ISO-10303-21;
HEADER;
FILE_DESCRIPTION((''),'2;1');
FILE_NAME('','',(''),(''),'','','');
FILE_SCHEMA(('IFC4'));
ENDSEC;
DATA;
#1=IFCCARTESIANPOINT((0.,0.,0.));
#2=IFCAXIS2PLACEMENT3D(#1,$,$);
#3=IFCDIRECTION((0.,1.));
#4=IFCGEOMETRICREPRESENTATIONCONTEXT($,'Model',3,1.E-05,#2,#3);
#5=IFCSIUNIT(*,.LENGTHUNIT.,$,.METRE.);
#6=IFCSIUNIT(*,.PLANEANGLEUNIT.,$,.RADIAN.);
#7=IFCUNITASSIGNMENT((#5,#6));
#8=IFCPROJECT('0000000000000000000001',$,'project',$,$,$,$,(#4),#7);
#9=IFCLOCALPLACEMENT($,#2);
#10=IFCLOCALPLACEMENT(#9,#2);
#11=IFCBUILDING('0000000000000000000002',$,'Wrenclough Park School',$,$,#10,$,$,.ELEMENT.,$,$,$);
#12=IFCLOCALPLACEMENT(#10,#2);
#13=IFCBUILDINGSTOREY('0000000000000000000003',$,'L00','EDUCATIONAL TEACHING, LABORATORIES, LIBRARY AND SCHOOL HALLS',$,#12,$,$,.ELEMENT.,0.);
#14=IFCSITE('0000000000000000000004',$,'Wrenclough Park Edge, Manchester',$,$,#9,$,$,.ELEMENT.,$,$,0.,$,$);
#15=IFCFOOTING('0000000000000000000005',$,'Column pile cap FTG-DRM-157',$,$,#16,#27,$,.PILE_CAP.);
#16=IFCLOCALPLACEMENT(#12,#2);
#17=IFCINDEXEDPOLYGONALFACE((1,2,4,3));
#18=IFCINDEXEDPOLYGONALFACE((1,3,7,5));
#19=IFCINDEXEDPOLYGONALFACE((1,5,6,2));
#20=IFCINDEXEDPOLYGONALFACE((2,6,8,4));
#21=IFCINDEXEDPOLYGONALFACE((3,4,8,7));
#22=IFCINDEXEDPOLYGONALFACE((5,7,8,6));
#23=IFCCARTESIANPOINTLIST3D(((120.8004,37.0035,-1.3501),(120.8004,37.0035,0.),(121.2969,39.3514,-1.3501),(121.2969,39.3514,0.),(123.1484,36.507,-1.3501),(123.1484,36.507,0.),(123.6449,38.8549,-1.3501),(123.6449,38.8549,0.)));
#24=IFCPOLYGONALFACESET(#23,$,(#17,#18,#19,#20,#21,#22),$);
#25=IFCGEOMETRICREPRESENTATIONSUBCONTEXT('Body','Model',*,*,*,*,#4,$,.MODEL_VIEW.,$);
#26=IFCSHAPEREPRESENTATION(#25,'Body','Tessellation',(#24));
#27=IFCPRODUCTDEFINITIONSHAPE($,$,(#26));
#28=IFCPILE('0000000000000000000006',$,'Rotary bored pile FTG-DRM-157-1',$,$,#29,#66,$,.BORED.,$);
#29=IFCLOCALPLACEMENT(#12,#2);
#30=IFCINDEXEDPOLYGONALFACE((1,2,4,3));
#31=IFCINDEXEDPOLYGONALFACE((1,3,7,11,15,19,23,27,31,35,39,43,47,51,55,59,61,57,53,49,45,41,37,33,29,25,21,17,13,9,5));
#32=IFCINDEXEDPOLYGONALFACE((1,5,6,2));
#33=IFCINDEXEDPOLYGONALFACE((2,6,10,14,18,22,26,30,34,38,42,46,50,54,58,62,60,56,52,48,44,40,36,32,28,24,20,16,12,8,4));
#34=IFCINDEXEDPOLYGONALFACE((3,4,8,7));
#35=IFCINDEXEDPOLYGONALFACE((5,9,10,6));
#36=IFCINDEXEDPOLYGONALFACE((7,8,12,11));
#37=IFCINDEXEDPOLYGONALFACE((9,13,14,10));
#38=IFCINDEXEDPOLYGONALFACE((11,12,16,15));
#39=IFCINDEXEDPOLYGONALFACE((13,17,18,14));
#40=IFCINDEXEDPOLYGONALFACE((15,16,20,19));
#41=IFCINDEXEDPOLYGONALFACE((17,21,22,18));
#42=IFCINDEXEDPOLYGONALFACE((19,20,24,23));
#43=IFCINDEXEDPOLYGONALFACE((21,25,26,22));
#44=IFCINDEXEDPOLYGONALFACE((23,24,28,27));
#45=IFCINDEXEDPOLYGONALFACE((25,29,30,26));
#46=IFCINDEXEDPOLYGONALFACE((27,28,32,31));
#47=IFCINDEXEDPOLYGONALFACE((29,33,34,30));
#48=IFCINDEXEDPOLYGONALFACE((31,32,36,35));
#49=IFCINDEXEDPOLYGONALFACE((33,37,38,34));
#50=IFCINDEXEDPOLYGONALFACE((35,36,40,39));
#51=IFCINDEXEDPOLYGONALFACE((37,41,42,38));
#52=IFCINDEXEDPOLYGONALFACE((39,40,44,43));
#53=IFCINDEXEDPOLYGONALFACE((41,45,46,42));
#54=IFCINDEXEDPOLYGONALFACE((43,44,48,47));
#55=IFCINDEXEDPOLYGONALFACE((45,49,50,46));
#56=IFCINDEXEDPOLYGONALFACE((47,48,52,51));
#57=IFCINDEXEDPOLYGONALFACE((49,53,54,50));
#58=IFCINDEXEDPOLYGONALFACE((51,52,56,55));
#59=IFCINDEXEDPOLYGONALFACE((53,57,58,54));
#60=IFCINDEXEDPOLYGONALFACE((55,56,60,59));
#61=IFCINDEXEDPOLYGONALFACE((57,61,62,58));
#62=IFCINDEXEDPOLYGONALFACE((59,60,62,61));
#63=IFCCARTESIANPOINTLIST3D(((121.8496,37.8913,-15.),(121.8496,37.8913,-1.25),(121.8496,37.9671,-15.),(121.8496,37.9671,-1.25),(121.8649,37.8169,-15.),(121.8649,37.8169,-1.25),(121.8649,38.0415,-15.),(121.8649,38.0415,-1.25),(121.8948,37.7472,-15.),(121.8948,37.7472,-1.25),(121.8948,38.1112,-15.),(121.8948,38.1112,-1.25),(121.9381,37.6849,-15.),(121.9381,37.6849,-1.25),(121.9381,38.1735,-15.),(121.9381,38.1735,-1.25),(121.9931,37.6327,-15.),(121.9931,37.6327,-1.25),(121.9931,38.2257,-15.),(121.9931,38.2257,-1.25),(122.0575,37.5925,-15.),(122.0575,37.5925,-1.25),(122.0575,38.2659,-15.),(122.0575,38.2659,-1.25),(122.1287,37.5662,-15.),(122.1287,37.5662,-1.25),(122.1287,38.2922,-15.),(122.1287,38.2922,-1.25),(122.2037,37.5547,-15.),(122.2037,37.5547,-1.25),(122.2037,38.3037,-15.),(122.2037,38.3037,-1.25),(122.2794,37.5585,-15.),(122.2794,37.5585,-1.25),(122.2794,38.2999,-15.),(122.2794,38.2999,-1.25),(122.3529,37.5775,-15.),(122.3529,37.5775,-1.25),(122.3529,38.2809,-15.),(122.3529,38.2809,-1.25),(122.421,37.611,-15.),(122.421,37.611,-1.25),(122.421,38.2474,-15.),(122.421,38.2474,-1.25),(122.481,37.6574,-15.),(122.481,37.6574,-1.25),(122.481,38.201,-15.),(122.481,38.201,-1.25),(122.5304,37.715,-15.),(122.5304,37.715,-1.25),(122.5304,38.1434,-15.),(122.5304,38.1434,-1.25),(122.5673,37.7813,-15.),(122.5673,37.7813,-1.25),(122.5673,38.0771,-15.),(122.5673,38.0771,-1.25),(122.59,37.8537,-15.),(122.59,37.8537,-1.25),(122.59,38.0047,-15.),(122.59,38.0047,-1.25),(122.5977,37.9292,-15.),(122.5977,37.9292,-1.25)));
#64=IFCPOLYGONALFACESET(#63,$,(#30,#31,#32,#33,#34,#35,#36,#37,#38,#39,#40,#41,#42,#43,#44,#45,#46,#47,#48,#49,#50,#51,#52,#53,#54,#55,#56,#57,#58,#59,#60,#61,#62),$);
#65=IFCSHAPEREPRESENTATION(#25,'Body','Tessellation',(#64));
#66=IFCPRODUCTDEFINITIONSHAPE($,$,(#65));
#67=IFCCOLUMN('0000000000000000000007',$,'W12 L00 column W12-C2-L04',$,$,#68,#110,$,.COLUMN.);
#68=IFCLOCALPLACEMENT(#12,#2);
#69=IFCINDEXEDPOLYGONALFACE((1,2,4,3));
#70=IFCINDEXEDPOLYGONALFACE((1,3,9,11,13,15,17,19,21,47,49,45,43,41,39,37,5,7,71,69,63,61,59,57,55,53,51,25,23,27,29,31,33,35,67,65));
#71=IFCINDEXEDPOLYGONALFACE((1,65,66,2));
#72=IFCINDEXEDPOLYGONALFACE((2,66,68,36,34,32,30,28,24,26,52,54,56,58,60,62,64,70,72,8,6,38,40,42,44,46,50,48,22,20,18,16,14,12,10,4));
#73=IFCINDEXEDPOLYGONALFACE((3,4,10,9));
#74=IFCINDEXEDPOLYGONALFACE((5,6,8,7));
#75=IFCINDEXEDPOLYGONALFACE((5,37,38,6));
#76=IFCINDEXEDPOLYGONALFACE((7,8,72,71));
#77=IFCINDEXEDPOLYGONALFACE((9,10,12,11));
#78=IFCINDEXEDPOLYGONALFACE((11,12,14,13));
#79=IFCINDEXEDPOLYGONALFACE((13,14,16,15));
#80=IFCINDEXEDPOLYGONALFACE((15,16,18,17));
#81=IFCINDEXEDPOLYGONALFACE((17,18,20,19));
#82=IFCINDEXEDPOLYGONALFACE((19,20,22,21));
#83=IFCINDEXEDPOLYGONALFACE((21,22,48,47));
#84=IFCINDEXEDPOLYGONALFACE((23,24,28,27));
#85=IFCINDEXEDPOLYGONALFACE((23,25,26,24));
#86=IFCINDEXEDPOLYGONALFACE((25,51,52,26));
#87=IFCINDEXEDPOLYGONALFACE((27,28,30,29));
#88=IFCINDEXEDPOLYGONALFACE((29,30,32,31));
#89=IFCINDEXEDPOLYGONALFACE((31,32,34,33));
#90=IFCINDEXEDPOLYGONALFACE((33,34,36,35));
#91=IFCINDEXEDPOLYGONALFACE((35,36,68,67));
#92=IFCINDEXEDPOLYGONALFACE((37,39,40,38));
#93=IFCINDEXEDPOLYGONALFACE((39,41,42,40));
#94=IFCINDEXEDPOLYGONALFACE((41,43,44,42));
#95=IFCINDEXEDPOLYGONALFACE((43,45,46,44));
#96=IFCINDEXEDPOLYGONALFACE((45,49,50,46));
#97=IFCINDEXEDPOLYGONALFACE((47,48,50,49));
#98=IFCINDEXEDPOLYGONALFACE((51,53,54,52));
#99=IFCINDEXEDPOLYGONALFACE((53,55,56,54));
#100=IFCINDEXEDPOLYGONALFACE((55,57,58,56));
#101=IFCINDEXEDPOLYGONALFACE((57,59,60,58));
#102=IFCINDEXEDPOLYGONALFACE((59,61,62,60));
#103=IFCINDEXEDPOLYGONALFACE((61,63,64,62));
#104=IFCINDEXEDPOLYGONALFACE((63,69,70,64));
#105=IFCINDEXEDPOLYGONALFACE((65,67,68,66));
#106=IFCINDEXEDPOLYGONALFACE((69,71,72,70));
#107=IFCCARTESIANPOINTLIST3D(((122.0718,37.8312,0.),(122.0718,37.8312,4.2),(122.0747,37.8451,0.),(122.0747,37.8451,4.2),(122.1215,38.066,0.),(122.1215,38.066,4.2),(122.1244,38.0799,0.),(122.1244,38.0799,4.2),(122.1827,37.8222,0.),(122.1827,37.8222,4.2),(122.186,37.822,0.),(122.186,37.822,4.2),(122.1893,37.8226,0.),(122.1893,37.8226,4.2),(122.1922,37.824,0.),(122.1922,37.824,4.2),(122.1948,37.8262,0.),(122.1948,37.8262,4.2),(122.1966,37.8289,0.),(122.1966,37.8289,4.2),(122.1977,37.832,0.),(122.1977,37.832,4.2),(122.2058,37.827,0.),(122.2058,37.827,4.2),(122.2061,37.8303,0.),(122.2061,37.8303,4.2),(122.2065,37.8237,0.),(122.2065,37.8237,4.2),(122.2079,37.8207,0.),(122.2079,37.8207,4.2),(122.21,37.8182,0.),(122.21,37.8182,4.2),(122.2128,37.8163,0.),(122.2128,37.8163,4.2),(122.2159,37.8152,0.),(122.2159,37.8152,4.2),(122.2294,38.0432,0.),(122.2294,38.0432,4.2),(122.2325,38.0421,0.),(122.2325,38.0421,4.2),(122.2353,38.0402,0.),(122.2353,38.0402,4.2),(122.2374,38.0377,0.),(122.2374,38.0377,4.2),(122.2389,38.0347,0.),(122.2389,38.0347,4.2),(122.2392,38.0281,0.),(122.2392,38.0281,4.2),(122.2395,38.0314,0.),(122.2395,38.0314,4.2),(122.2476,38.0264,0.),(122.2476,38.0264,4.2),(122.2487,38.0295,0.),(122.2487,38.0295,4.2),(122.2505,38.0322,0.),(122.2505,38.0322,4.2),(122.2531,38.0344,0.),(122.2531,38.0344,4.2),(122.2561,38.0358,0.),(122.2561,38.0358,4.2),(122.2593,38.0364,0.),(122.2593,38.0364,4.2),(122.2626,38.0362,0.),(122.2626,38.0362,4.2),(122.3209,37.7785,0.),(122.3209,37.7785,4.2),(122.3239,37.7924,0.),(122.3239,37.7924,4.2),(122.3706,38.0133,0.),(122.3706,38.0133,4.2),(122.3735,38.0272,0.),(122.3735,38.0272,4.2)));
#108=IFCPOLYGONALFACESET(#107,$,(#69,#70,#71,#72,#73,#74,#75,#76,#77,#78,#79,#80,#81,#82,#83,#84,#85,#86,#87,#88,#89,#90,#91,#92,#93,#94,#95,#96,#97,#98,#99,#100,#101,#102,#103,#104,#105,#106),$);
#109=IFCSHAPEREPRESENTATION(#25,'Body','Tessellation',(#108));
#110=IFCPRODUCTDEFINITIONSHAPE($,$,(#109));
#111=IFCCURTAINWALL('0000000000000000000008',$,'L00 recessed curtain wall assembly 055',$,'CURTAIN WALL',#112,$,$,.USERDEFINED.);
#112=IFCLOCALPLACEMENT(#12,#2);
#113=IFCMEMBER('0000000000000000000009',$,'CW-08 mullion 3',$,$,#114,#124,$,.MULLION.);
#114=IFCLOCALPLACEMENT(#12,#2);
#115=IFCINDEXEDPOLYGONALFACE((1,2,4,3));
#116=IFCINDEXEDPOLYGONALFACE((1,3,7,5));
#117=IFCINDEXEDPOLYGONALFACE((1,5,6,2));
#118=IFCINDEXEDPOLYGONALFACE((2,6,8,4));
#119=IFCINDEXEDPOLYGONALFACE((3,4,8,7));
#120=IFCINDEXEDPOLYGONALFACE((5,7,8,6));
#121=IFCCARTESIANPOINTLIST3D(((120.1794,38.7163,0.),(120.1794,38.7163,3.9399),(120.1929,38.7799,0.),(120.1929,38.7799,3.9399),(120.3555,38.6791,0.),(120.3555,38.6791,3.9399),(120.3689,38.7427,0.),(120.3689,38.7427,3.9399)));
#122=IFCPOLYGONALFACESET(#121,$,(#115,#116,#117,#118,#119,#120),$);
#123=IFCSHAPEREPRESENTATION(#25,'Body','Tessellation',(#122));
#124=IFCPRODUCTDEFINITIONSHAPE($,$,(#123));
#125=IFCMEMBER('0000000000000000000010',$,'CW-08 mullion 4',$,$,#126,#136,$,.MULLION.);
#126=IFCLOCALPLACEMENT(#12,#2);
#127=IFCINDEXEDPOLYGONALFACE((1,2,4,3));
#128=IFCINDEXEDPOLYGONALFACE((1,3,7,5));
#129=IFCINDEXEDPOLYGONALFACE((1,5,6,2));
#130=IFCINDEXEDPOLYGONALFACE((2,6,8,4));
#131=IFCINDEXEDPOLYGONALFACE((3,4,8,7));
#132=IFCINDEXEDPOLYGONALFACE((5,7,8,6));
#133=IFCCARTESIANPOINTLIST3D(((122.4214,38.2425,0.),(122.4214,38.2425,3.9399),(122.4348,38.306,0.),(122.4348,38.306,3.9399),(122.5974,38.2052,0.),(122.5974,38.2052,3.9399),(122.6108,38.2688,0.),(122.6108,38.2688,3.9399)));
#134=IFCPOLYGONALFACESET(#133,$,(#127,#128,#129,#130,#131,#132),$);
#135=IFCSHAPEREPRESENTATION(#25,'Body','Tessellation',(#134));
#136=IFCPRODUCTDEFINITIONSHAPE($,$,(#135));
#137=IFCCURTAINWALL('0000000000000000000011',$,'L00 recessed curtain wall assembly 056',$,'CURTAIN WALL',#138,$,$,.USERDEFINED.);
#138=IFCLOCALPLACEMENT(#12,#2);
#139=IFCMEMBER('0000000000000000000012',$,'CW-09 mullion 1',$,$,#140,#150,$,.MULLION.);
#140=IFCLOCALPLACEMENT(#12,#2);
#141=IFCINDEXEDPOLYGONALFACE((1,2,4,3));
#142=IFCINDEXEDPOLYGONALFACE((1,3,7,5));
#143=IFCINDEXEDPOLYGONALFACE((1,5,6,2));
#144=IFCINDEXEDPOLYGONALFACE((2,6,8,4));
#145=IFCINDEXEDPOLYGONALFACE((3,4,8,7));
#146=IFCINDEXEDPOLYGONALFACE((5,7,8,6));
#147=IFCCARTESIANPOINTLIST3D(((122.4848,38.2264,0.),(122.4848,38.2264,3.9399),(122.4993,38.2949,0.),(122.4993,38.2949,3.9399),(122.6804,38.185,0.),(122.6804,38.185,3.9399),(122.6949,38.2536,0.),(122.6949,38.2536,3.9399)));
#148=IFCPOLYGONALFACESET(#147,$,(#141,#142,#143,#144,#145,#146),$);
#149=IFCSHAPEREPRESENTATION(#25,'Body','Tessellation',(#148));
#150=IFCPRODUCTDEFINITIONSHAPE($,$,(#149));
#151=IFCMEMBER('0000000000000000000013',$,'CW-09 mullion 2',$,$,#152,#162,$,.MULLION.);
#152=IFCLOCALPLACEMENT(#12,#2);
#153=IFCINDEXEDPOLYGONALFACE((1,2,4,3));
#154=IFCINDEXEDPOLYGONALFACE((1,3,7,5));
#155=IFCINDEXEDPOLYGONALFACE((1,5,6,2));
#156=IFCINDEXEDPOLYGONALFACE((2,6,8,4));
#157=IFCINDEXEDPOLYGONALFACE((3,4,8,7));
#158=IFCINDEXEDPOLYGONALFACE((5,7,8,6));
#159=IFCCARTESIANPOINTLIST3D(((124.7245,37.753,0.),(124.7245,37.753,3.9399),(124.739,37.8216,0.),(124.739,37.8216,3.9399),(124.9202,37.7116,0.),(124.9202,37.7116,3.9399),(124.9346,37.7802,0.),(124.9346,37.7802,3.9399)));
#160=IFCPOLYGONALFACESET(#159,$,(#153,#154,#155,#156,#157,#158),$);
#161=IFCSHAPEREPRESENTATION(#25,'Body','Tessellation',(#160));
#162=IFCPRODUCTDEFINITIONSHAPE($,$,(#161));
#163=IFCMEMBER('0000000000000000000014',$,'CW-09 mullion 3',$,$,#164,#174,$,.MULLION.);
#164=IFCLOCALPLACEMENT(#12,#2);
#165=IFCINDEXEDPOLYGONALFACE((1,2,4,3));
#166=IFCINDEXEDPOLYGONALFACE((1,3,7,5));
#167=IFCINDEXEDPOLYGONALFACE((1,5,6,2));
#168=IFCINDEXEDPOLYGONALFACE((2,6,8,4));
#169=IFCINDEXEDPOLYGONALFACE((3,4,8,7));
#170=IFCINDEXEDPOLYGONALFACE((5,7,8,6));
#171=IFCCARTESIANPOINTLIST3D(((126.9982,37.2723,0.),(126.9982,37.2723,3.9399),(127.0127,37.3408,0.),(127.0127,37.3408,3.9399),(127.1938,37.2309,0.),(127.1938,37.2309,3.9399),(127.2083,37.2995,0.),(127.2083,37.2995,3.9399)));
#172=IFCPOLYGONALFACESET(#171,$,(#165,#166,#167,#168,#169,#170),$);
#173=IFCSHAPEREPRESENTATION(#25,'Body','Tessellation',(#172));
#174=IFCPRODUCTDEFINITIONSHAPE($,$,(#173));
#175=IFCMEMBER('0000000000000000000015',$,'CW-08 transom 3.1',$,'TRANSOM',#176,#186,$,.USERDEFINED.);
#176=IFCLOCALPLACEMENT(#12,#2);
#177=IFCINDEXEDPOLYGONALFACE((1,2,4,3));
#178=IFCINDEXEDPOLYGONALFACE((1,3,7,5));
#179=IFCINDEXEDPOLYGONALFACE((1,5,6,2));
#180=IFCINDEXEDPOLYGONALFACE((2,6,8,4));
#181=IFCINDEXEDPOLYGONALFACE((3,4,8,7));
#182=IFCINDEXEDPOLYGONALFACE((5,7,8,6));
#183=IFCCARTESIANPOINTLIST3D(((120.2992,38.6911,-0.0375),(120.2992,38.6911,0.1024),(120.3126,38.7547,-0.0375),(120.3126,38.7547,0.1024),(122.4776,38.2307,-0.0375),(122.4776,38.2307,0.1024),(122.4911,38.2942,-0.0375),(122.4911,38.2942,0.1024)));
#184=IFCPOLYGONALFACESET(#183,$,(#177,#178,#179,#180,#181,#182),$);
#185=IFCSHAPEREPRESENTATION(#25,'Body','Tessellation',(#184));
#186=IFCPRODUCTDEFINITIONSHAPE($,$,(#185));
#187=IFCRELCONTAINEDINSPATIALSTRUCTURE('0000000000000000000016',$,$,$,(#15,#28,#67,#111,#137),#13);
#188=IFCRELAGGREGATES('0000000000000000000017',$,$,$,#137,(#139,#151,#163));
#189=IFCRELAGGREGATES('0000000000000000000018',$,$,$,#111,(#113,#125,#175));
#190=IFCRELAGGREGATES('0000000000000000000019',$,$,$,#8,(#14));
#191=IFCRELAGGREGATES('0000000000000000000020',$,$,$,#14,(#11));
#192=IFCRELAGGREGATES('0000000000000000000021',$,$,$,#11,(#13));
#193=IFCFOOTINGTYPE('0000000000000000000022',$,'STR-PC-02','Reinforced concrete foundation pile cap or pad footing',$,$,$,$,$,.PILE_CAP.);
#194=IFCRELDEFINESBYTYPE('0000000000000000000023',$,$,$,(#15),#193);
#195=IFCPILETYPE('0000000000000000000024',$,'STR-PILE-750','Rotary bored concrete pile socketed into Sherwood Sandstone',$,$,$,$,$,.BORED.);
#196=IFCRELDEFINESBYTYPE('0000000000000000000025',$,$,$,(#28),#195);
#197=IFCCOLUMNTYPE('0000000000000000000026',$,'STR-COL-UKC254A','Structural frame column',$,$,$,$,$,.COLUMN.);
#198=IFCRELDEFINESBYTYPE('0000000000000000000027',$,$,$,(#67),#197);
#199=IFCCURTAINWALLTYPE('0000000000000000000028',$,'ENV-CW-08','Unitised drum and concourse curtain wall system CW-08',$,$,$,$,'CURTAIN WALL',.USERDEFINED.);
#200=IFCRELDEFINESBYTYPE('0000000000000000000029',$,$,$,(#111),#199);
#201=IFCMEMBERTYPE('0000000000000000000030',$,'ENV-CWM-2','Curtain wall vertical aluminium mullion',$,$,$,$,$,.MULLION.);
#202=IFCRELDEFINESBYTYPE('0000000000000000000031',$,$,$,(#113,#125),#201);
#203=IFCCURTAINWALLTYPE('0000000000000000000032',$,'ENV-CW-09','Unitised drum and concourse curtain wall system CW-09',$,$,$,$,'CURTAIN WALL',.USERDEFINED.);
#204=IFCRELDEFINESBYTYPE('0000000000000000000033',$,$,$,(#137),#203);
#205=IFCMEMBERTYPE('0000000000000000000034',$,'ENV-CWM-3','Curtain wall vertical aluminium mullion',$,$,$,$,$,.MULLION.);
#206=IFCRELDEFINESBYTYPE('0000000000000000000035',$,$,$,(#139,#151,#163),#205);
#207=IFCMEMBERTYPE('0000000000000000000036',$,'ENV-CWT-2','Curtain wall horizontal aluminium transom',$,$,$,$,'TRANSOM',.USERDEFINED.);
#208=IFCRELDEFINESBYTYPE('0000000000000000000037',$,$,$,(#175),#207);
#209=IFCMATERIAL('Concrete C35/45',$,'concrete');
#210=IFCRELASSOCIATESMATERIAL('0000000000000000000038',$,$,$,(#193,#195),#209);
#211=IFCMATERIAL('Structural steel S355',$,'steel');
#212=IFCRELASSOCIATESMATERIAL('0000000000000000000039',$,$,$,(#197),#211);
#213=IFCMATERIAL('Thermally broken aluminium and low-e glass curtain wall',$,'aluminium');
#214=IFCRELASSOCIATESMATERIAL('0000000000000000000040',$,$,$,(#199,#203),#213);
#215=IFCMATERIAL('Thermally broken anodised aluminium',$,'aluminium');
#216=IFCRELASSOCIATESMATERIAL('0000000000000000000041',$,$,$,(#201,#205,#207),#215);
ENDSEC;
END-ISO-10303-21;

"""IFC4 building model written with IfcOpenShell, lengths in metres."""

from ifc_helpers import new_model, si_unit, direction, frame, origin, origin_2d, place, context, subcontext, project, spatial, rectangle, circle, i_section, extrude, material, material_profile, profile_set, type_object, element, aggregate, save


model = new_model("IFC4")

# Units and contexts
model_context = context("Model", 3, precision=1e-05, world=origin(), true_north=direction((0.0, 1.0)))
body_context = subcontext(model_context, "Body", "Model", "MODEL_VIEW")
ifc_project = project(units=[si_unit("LENGTHUNIT", "METRE"), si_unit("PLANEANGLEUNIT", "RADIAN")], contexts=[model_context])

# Site, building, storey
site_placement = place(None, origin())
site = spatial("IfcSite", under=ifc_project, at=site_placement, Name="Wrenclough Park Edge, Manchester", CompositionType="ELEMENT", RefElevation=0.0)
building_placement = place(site_placement, origin())
building = spatial("IfcBuilding", under=site, at=building_placement, Name="Wrenclough Park School", CompositionType="ELEMENT")
storey_placement = place(building_placement, origin())
storey = spatial("IfcBuildingStorey", under=building, at=storey_placement, Name="L00", Description="EDUCATIONAL TEACHING, LABORATORIES, LIBRARY AND SCHOOL HALLS", CompositionType="ELEMENT", Elevation=0.0)

# Footing
ifc_material_1 = material(Name="Concrete C35/45", Category="concrete")
footing_type = type_object("IfcFootingType", Name="STR-PC-02", Description="Reinforced concrete foundation pile cap or pad footing", PredefinedType="PILE_CAP", material=ifc_material_1)
footing_placement = place(storey_placement, frame((122.2227, 37.9292, -1.3501), z_axis=(0.0, 0.0, 1.0), x_axis=(0.978365, -0.206887, 0.0)))
element("IfcFooting", 1, at=footing_placement, inside=storey, type_object=footing_type, Name="Column pile cap FTG-DRM-157", PredefinedType="PILE_CAP", context=body_context, shape_type="SweptSolid", body=[
    extrude(rectangle(XDim=2.3999, YDim=2.3999, at=origin_2d()), origin(), (0.0, 0.0, 1.0), 1.3501),
])

# Pile
ifc_material_profile_1 = material_profile(ifc_material_1, circle(Radius=0.375, at=origin_2d()), Name="BORED PILE D750")
ifc_profile_set_1 = profile_set([ifc_material_profile_1], Name="Concrete C35/45")
pile_type = type_object("IfcPileType", Name="STR-PILE-750", Description="Rotary bored concrete pile socketed into Sherwood Sandstone", PredefinedType="BORED", material=ifc_profile_set_1)
pile_placement = place(storey_placement, frame((122.2227, 37.9292, -1.25), z_axis=(0.0, 0.0, -1.0), x_axis=(1.0, 0.0, 0.0)))
element("IfcPile", 2, at=pile_placement, inside=storey, type_object=pile_type, Name="Rotary bored pile FTG-DRM-157-1", PredefinedType="BORED", context=body_context, shape_type="SweptSolid", body=[
    extrude(circle(Radius=0.375, at=origin_2d()), origin(), (0.0, 0.0, 1.0), 13.75),
])

# Column
ifc_material_2 = material(Name="Structural steel S355", Category="steel")
ifc_material_profile_2 = material_profile(ifc_material_2, i_section(OverallWidth=0.2546, OverallDepth=0.2542, WebThickness=0.0085, FlangeThickness=0.0142, FilletRadius=0.0127, at=origin_2d()), Name="UKC 254x254x73")
ifc_profile_set_2 = profile_set([ifc_material_profile_2], Name="Structural steel S355")
column_type = type_object("IfcColumnType", Name="STR-COL-UKC254A", Description="Structural frame column", PredefinedType="COLUMN", material=ifc_profile_set_2)
column_placement = place(storey_placement, frame((122.2227, 37.9292, 0.0), z_axis=(0.0, 0.0, 1.0), x_axis=(0.978365, -0.206887, 0.0)))
element("IfcColumn", 3, at=column_placement, inside=storey, type_object=column_type, Name="W12 L00 column W12-C2-L04", PredefinedType="COLUMN", context=body_context, shape_type="SweptSolid", body=[
    extrude(i_section(OverallWidth=0.2546, OverallDepth=0.2542, WebThickness=0.0085, FlangeThickness=0.0142, FilletRadius=0.0127, at=origin_2d()), origin(), (0.0, 0.0, 1.0), 4.2),
])

# Curtain walls, members
ifc_material_3 = material(Name="Thermally broken aluminium and low-e glass curtain wall", Category="aluminium")
curtain_wall_type_1 = type_object("IfcCurtainWallType", Name="ENV-CW-08", Description="Unitised drum and concourse curtain wall system CW-08", ElementType="CURTAIN WALL", PredefinedType="USERDEFINED", material=ifc_material_3)
curtain_wall_1_placement = place(storey_placement, origin())
curtain_wall_1 = element("IfcCurtainWall", 4, at=curtain_wall_1_placement, inside=storey, type_object=curtain_wall_type_1, Name="L00 recessed curtain wall assembly 055", ObjectType="CURTAIN WALL", PredefinedType="USERDEFINED")
ifc_material_4 = material(Name="Thermally broken anodised aluminium", Category="aluminium")
ifc_material_profile_3 = material_profile(ifc_material_4, rectangle(XDim=0.0649, YDim=0.1799, at=origin_2d()), Name="AL MULLION 65x180")
ifc_profile_set_3 = profile_set([ifc_material_profile_3], Name="Thermally broken anodised aluminium")
member_type_1 = type_object("IfcMemberType", Name="ENV-CWM-2", Description="Curtain wall vertical aluminium mullion", PredefinedType="MULLION", material=ifc_profile_set_3)
member_1_placement = place(storey_placement, frame((120.2742, 38.7295, 0.0), z_axis=(0.0, 0.0, 1.0), x_axis=(0.206806, 0.978382, 0.0)))
member_1 = element("IfcMember", 5, at=member_1_placement, type_object=member_type_1, Name="CW-08 mullion 3", PredefinedType="MULLION", context=body_context, shape_type="SweptSolid", body=[
    extrude(rectangle(XDim=0.0649, YDim=0.1799, at=origin_2d()), origin(), (0.0, 0.0, 1.0), 3.9399),
])
member_2_placement = place(storey_placement, frame((122.5161, 38.2556, 0.0), z_axis=(0.0, 0.0, 1.0), x_axis=(0.206806, 0.978382, 0.0)))
member_2 = element("IfcMember", 6, at=member_2_placement, type_object=member_type_1, Name="CW-08 mullion 4", PredefinedType="MULLION", context=body_context, shape_type="SweptSolid", body=[
    extrude(rectangle(XDim=0.0649, YDim=0.1799, at=origin_2d()), origin(), (0.0, 0.0, 1.0), 3.9399),
])
curtain_wall_type_2 = type_object("IfcCurtainWallType", Name="ENV-CW-09", Description="Unitised drum and concourse curtain wall system CW-09", ElementType="CURTAIN WALL", PredefinedType="USERDEFINED", material=ifc_material_3)
curtain_wall_2_placement = place(storey_placement, origin())
curtain_wall_2 = element("IfcCurtainWall", 7, at=curtain_wall_2_placement, inside=storey, type_object=curtain_wall_type_2, Name="L00 recessed curtain wall assembly 056", ObjectType="CURTAIN WALL", PredefinedType="USERDEFINED")
ifc_material_profile_4 = material_profile(ifc_material_4, rectangle(XDim=0.0701, YDim=0.2, at=origin_2d()), Name="AL MULLION 70x200")
ifc_profile_set_4 = profile_set([ifc_material_profile_4], Name="Thermally broken anodised aluminium")
member_type_2 = type_object("IfcMemberType", Name="ENV-CWM-3", Description="Curtain wall vertical aluminium mullion", PredefinedType="MULLION", material=ifc_profile_set_4)
member_3_placement = place(storey_placement, frame((122.5898, 38.24, 0.0), z_axis=(0.0, 0.0, 1.0), x_axis=(0.20682, 0.978379, 0.0)))
member_3 = element("IfcMember", 8, at=member_3_placement, type_object=member_type_2, Name="CW-09 mullion 1", PredefinedType="MULLION", context=body_context, shape_type="SweptSolid", body=[
    extrude(rectangle(XDim=0.0701, YDim=0.2, at=origin_2d()), origin(), (0.0, 0.0, 1.0), 3.9399),
])
member_4_placement = place(storey_placement, frame((124.8296, 37.7666, 0.0), z_axis=(0.0, 0.0, 1.0), x_axis=(0.20682, 0.978379, 0.0)))
member_4 = element("IfcMember", 9, at=member_4_placement, type_object=member_type_2, Name="CW-09 mullion 2", PredefinedType="MULLION", context=body_context, shape_type="SweptSolid", body=[
    extrude(rectangle(XDim=0.0701, YDim=0.2, at=origin_2d()), origin(), (0.0, 0.0, 1.0), 3.9399),
])
member_5_placement = place(storey_placement, frame((127.1033, 37.2859, 0.0), z_axis=(0.0, 0.0, 1.0), x_axis=(0.20682, 0.978379, 0.0)))
member_5 = element("IfcMember", 10, at=member_5_placement, type_object=member_type_2, Name="CW-09 mullion 3", PredefinedType="MULLION", context=body_context, shape_type="SweptSolid", body=[
    extrude(rectangle(XDim=0.0701, YDim=0.2, at=origin_2d()), origin(), (0.0, 0.0, 1.0), 3.9399),
])

# Member
ifc_material_profile_5 = material_profile(ifc_material_4, rectangle(XDim=0.0649, YDim=0.1399, at=origin_2d()), Name="AL TRANSOM 65x140")
ifc_profile_set_5 = profile_set([ifc_material_profile_5], Name="Thermally broken anodised aluminium")
member_type_3 = type_object("IfcMemberType", Name="ENV-CWT-2", Description="Curtain wall horizontal aluminium transom", ElementType="TRANSOM", PredefinedType="USERDEFINED", material=ifc_profile_set_5)
member_6_placement = place(storey_placement, frame((120.3059, 38.7229, 0.0325), z_axis=(0.978384, -0.206795, 0.0), x_axis=(0.206795, 0.978384, 0.0)))
member_6 = element("IfcMember", 11, at=member_6_placement, type_object=member_type_3, Name="CW-08 transom 3.1", ObjectType="TRANSOM", PredefinedType="USERDEFINED", context=body_context, shape_type="SweptSolid", body=[
    extrude(rectangle(XDim=0.0649, YDim=0.1399, at=origin_2d()), origin(), (0.0, 0.0, 1.0), 2.2266),
])

aggregate(curtain_wall_2, [member_3, member_4, member_5])
aggregate(curtain_wall_1, [member_1, member_2, member_6])

save(model, "model.ifc")
